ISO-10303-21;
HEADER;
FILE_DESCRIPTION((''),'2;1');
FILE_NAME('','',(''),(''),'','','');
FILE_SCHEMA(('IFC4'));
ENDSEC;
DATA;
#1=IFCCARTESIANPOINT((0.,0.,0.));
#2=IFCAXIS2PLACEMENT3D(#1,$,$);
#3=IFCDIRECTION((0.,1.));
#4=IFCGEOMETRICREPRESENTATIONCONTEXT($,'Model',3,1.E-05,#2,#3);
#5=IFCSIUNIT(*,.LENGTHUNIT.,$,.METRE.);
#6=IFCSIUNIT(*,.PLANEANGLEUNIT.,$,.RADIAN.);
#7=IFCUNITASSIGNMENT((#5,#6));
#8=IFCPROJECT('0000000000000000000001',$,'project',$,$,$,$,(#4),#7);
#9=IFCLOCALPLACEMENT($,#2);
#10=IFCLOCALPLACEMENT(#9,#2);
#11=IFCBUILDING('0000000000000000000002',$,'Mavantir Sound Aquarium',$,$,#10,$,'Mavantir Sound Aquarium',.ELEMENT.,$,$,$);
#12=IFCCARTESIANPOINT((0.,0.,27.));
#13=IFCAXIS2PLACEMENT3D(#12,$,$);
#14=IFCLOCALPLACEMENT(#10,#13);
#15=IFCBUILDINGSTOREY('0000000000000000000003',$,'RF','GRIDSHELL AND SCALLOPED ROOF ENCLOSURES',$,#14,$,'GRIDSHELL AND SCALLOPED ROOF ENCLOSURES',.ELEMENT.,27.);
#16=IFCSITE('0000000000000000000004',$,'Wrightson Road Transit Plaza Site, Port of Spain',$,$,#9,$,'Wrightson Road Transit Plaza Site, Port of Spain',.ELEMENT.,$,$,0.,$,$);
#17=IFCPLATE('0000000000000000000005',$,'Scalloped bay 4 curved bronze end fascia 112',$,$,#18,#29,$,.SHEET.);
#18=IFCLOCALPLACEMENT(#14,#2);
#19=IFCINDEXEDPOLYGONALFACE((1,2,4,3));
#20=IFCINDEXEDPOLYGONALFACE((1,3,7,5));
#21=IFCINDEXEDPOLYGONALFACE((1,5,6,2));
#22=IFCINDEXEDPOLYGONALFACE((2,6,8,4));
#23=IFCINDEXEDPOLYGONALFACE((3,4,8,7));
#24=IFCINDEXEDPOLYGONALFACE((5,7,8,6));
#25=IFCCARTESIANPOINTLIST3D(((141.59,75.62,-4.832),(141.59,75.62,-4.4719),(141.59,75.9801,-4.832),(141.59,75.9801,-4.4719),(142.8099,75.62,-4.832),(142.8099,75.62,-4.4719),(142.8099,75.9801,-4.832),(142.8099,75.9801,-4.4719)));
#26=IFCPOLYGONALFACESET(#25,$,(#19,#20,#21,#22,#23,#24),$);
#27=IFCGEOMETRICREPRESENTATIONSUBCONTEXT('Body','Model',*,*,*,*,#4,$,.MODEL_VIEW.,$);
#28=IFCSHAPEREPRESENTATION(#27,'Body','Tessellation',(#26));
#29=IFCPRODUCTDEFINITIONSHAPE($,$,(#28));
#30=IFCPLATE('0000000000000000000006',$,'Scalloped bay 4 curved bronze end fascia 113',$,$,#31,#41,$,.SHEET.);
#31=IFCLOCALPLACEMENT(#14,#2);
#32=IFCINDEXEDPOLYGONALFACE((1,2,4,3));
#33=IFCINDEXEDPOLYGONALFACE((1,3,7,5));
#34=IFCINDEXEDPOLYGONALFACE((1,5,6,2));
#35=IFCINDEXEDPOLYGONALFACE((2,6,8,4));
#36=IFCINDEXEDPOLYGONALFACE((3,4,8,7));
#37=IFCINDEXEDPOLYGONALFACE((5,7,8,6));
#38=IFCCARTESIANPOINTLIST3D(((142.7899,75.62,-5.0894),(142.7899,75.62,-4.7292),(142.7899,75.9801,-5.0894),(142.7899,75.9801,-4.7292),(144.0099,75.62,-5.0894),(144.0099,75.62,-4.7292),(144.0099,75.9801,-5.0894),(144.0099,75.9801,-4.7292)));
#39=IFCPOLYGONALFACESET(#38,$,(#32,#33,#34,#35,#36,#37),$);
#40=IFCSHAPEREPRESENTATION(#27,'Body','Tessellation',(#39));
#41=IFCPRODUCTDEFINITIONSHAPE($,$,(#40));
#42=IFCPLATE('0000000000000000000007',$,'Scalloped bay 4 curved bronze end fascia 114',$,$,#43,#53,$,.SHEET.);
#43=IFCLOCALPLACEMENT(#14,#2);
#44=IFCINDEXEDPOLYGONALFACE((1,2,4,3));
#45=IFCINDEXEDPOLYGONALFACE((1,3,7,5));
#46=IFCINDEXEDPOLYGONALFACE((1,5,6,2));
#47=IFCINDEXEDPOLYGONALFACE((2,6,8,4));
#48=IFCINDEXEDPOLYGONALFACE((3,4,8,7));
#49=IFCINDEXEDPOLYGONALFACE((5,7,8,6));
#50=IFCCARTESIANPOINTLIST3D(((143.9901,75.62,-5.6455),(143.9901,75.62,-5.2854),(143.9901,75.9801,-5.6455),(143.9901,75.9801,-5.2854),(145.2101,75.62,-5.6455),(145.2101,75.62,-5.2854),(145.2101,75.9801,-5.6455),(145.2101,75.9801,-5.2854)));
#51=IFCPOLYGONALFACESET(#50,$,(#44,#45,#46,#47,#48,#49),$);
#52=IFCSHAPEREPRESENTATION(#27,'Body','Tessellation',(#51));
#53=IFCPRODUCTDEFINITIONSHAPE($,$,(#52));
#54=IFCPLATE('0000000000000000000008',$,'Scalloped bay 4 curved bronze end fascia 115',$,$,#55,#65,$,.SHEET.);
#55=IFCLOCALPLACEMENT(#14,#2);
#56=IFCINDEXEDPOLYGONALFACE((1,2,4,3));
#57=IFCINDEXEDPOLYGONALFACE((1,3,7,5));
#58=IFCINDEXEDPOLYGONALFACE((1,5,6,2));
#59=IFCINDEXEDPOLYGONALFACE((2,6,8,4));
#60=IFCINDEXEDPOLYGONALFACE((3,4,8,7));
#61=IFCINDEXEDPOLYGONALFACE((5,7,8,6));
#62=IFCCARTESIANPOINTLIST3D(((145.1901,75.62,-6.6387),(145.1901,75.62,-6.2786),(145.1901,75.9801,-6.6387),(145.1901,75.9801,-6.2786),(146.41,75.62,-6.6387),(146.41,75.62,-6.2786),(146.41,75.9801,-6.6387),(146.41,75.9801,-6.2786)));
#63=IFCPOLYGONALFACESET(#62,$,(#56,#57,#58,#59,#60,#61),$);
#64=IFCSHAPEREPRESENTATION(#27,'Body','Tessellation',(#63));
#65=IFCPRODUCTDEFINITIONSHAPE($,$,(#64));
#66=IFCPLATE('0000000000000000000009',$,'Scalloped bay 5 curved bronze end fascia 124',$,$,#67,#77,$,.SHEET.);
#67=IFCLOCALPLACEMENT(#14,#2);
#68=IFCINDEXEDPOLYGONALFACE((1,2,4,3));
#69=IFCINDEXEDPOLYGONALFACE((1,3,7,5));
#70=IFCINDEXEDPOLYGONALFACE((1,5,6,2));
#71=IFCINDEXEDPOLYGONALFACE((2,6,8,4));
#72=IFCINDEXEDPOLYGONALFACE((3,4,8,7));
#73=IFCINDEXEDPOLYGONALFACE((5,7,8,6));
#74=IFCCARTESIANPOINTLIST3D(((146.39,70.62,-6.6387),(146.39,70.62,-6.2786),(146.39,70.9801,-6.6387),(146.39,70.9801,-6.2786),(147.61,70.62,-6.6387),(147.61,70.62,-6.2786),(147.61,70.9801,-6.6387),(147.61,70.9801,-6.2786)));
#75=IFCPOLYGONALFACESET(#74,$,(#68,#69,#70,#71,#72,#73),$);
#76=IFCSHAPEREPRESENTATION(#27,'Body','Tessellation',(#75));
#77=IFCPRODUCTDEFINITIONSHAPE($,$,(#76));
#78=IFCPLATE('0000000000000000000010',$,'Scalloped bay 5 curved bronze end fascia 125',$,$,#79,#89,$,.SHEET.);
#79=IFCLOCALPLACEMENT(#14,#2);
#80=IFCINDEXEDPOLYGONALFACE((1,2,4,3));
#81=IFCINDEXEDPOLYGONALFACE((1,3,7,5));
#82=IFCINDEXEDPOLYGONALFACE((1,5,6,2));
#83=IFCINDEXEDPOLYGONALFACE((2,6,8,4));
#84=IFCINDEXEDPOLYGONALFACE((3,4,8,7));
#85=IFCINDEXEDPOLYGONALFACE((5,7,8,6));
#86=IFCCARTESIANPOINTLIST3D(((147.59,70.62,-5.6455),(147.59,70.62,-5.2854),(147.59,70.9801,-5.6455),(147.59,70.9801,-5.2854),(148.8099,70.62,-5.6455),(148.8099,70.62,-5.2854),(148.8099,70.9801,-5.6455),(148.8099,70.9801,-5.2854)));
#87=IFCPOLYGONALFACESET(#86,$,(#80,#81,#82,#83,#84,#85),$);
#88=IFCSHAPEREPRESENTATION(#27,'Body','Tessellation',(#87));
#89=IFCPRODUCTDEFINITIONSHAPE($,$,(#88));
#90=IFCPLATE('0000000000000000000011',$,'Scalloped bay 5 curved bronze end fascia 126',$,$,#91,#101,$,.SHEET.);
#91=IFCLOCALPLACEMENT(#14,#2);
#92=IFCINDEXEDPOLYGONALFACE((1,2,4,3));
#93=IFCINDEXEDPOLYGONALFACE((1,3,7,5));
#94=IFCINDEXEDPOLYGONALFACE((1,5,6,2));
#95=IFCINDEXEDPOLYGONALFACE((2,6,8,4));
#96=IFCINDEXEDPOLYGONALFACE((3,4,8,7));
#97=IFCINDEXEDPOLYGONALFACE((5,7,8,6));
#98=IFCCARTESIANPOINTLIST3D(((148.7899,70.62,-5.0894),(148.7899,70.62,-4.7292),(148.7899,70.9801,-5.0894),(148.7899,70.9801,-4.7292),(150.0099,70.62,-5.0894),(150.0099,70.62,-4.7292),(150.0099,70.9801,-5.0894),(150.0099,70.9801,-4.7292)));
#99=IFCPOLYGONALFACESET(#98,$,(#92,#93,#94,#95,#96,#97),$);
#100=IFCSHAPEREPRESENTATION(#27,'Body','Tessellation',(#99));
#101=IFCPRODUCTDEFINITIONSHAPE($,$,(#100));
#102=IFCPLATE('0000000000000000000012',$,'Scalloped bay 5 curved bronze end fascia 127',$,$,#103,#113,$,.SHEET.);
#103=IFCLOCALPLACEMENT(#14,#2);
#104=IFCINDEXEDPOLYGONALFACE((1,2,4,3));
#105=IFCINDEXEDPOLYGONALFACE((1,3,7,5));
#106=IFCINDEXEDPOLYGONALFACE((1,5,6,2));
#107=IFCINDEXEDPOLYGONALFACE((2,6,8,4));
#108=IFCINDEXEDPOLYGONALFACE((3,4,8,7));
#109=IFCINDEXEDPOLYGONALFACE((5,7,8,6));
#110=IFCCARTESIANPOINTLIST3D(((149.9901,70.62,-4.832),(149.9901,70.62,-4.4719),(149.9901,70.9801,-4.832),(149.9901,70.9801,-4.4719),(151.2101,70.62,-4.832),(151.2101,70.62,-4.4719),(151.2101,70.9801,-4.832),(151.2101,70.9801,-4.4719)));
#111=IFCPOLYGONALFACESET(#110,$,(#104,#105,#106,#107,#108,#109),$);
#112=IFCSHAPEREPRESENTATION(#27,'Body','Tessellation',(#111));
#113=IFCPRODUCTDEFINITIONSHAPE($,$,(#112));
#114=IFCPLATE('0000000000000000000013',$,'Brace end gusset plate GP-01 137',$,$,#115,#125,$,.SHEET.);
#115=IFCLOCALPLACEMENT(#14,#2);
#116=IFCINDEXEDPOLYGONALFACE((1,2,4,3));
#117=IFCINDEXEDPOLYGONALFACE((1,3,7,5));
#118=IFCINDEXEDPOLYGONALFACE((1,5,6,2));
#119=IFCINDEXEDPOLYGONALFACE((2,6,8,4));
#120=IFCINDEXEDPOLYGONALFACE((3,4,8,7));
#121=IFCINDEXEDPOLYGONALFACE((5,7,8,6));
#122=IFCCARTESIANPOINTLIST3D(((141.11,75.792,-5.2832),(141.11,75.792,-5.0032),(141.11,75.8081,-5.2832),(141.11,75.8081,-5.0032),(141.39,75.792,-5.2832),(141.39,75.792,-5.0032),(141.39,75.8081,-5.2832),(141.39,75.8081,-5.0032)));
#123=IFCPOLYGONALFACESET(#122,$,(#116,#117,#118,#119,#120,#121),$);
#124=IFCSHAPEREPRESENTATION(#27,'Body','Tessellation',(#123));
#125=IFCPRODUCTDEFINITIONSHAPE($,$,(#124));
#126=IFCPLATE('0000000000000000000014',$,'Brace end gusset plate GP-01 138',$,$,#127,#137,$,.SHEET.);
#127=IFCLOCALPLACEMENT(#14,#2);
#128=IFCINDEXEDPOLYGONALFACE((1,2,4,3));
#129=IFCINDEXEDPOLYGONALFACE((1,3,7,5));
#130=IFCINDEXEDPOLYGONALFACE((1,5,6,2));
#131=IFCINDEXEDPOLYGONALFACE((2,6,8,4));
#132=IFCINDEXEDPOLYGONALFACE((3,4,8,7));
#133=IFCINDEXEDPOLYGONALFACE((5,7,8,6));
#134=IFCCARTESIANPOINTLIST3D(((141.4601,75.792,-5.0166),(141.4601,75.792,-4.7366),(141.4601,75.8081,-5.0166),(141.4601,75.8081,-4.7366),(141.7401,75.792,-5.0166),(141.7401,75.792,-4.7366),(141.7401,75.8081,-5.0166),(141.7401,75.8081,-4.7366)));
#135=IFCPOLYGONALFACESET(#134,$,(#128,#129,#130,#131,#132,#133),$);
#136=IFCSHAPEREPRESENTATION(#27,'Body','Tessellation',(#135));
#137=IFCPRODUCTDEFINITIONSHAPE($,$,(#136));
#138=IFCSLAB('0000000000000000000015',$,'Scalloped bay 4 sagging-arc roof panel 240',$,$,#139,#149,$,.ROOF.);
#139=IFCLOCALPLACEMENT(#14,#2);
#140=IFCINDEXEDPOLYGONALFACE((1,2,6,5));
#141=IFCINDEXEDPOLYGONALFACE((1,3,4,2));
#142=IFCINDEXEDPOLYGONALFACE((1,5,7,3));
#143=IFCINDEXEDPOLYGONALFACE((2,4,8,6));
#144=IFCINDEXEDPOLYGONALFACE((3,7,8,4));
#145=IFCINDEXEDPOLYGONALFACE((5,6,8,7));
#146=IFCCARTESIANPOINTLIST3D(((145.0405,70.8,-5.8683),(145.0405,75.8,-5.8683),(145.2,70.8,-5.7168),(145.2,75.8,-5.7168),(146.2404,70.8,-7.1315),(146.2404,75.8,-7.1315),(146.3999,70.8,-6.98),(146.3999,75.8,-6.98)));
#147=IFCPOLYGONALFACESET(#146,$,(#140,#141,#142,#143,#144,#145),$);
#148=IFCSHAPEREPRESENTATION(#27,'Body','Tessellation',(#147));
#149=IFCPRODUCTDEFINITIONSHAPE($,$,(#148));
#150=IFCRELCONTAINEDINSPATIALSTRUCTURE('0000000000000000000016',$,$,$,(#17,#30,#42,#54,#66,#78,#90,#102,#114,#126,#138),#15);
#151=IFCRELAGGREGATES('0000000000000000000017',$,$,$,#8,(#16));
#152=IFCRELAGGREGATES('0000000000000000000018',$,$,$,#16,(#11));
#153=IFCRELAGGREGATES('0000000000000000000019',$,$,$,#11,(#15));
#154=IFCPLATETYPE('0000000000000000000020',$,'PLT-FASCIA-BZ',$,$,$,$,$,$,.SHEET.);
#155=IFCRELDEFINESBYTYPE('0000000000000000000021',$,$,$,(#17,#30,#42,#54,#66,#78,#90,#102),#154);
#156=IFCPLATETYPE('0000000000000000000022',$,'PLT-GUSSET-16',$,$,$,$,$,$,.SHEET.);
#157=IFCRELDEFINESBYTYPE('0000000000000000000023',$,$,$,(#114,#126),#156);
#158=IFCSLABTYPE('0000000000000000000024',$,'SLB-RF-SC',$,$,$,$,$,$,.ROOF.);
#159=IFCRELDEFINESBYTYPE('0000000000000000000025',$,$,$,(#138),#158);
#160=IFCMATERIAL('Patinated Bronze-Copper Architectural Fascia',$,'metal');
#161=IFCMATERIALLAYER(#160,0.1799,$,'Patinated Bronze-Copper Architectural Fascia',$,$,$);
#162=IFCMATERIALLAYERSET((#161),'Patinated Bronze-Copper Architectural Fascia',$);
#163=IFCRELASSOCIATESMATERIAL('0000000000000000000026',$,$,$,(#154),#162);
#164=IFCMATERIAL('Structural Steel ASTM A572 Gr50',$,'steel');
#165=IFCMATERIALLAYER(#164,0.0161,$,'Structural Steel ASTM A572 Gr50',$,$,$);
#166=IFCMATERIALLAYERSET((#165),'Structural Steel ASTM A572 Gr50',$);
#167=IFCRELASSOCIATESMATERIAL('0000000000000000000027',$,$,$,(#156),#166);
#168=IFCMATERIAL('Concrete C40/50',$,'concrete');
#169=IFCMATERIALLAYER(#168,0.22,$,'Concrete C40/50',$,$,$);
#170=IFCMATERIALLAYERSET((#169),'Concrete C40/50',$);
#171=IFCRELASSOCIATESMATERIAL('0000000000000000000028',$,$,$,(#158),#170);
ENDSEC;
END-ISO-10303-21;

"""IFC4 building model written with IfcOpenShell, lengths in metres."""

from ifc_helpers import new_model, si_unit, direction, frame, origin, origin_2d, place, context, subcontext, project, spatial, polyline, rectangle, outline, extrude, material, layer, layer_set, type_object, element, save


model = new_model("IFC4")

# Units and contexts
model_context = context("Model", 3, precision=1e-05, world=origin(), true_north=direction((0.0, 1.0)))
body_context = subcontext(model_context, "Body", "Model", "MODEL_VIEW")
ifc_project = project(units=[si_unit("LENGTHUNIT", "METRE"), si_unit("PLANEANGLEUNIT", "RADIAN")], contexts=[model_context])

# Site, building, storey
site_placement = place(None, origin())
site = spatial("IfcSite", under=ifc_project, at=site_placement, Name="Wrightson Road Transit Plaza Site, Port of Spain", LongName="Wrightson Road Transit Plaza Site, Port of Spain", CompositionType="ELEMENT", RefElevation=0.0)
building_placement = place(site_placement, origin())
building = spatial("IfcBuilding", under=site, at=building_placement, Name="Mavantir Sound Aquarium", LongName="Mavantir Sound Aquarium", CompositionType="ELEMENT")
storey_placement = place(building_placement, frame((0.0, 0.0, 27.0)))
storey = spatial("IfcBuildingStorey", under=building, at=storey_placement, Name="RF", Description="GRIDSHELL AND SCALLOPED ROOF ENCLOSURES", LongName="GRIDSHELL AND SCALLOPED ROOF ENCLOSURES", CompositionType="ELEMENT", Elevation=27.0)

# Shared definitions
ifc_material_1 = material(Name="Concrete C40/50", Category="concrete")

# Plates
ifc_material_2 = material(Name="Structural Steel ASTM A572 Gr50", Category="steel")
ifc_material_3 = material(Name="Patinated Bronze-Copper Architectural Fascia", Category="metal")
ifc_layer_1 = layer(ifc_material_3, 0.1799, Name="Patinated Bronze-Copper Architectural Fascia")
ifc_layer_set_1 = layer_set([ifc_layer_1], Name="Patinated Bronze-Copper Architectural Fascia")
plate_type_1 = type_object("IfcPlateType", Name="PLT-FASCIA-BZ", PredefinedType="SHEET", material=ifc_layer_set_1)
for number, where, z_axis, x_axis, name in (
    (1, (142.2, 75.8, -4.832), (0.0, 0.0, 1.0), (1.0, 0.0, 0.0), "Scalloped bay 4 curved bronze end fascia 112"),
    (2, (143.3999, 75.8, -5.0894), (0.0, 0.0, 1.0), (1.0, 0.0, 0.0), "Scalloped bay 4 curved bronze end fascia 113"),
    (3, (144.6001, 75.8, -5.6455), (0.0, 0.0, 1.0), (1.0, 0.0, 0.0), "Scalloped bay 4 curved bronze end fascia 114"),
    (4, (145.8, 75.8, -6.6387), (0.0, 0.0, 1.0), (1.0, 0.0, 0.0), "Scalloped bay 4 curved bronze end fascia 115"),
    (5, (147.0, 70.8, -6.6387), (0.0, 0.0, 1.0), (1.0, 0.0, 0.0), "Scalloped bay 5 curved bronze end fascia 124"),
    (6, (148.2, 70.8, -5.6455), (0.0, 0.0, 1.0), (1.0, 0.0, 0.0), "Scalloped bay 5 curved bronze end fascia 125"),
    (7, (149.3999, 70.8, -5.0894), (0.0, 0.0, 1.0), (1.0, 0.0, 0.0), "Scalloped bay 5 curved bronze end fascia 126"),
    (8, (150.6001, 70.8, -4.832), (0.0, 0.0, 1.0), (1.0, 0.0, 0.0), "Scalloped bay 5 curved bronze end fascia 127"),
):
    element("IfcPlate", number, at=place(storey_placement, frame(where, z_axis=z_axis, x_axis=x_axis)), inside=storey, type_object=plate_type_1, Name=name, PredefinedType="SHEET", context=body_context, shape_type="SweptSolid", body=[
        extrude(rectangle(XDim=1.22, YDim=0.3601, at=origin_2d()), origin(), (0.0, 0.0, 1.0), 0.3601),
    ])
ifc_layer_2 = layer(ifc_material_2, 0.0161, Name="Structural Steel ASTM A572 Gr50")
ifc_layer_set_2 = layer_set([ifc_layer_2], Name="Structural Steel ASTM A572 Gr50")
plate_type_2 = type_object("IfcPlateType", Name="PLT-GUSSET-16", PredefinedType="SHEET", material=ifc_layer_set_2)
for number, where, z_axis, x_axis, name in (
    (9, (141.25, 75.8, -5.2832), (0.0, 0.0, 1.0), (1.0, 0.0, 0.0), "Brace end gusset plate GP-01 137"),
    (10, (141.6001, 75.8, -5.0166), (0.0, 0.0, 1.0), (1.0, 0.0, 0.0), "Brace end gusset plate GP-01 138"),
):
    element("IfcPlate", number, at=place(storey_placement, frame(where, z_axis=z_axis, x_axis=x_axis)), inside=storey, type_object=plate_type_2, Name=name, PredefinedType="SHEET", context=body_context, shape_type="SweptSolid", body=[
        extrude(rectangle(XDim=0.28, YDim=0.0161, at=origin_2d()), origin(), (0.0, 0.0, 1.0), 0.28),
    ])

# Slab
ifc_layer_3 = layer(ifc_material_1, 0.22, Name="Concrete C40/50")
ifc_layer_set_3 = layer_set([ifc_layer_3], Name="Concrete C40/50")
slab_type = type_object("IfcSlabType", Name="SLB-RF-SC", PredefinedType="ROOF", material=ifc_layer_set_3)
slab_placement = place(storey_placement, frame((145.2, 70.8, -5.7168), z_axis=(0.72502, 0.0, 0.688727), x_axis=(0.688727, 0.0, -0.72502)))
element("IfcSlab", 11, at=slab_placement, inside=storey, type_object=slab_type, Name="Scalloped bay 4 sagging-arc roof panel 240", PredefinedType="ROOF", context=body_context, shape_type="SweptSolid", body=[
    extrude(outline(polyline([(0.0, 0.0), (1.7423, 0.0), (1.7423, 5.0), (0.0, 5.0), (0.0, 0.0)])), origin(), (0.0, 0.0, -1.0), 0.22),
])

save(model, "model.ifc")
